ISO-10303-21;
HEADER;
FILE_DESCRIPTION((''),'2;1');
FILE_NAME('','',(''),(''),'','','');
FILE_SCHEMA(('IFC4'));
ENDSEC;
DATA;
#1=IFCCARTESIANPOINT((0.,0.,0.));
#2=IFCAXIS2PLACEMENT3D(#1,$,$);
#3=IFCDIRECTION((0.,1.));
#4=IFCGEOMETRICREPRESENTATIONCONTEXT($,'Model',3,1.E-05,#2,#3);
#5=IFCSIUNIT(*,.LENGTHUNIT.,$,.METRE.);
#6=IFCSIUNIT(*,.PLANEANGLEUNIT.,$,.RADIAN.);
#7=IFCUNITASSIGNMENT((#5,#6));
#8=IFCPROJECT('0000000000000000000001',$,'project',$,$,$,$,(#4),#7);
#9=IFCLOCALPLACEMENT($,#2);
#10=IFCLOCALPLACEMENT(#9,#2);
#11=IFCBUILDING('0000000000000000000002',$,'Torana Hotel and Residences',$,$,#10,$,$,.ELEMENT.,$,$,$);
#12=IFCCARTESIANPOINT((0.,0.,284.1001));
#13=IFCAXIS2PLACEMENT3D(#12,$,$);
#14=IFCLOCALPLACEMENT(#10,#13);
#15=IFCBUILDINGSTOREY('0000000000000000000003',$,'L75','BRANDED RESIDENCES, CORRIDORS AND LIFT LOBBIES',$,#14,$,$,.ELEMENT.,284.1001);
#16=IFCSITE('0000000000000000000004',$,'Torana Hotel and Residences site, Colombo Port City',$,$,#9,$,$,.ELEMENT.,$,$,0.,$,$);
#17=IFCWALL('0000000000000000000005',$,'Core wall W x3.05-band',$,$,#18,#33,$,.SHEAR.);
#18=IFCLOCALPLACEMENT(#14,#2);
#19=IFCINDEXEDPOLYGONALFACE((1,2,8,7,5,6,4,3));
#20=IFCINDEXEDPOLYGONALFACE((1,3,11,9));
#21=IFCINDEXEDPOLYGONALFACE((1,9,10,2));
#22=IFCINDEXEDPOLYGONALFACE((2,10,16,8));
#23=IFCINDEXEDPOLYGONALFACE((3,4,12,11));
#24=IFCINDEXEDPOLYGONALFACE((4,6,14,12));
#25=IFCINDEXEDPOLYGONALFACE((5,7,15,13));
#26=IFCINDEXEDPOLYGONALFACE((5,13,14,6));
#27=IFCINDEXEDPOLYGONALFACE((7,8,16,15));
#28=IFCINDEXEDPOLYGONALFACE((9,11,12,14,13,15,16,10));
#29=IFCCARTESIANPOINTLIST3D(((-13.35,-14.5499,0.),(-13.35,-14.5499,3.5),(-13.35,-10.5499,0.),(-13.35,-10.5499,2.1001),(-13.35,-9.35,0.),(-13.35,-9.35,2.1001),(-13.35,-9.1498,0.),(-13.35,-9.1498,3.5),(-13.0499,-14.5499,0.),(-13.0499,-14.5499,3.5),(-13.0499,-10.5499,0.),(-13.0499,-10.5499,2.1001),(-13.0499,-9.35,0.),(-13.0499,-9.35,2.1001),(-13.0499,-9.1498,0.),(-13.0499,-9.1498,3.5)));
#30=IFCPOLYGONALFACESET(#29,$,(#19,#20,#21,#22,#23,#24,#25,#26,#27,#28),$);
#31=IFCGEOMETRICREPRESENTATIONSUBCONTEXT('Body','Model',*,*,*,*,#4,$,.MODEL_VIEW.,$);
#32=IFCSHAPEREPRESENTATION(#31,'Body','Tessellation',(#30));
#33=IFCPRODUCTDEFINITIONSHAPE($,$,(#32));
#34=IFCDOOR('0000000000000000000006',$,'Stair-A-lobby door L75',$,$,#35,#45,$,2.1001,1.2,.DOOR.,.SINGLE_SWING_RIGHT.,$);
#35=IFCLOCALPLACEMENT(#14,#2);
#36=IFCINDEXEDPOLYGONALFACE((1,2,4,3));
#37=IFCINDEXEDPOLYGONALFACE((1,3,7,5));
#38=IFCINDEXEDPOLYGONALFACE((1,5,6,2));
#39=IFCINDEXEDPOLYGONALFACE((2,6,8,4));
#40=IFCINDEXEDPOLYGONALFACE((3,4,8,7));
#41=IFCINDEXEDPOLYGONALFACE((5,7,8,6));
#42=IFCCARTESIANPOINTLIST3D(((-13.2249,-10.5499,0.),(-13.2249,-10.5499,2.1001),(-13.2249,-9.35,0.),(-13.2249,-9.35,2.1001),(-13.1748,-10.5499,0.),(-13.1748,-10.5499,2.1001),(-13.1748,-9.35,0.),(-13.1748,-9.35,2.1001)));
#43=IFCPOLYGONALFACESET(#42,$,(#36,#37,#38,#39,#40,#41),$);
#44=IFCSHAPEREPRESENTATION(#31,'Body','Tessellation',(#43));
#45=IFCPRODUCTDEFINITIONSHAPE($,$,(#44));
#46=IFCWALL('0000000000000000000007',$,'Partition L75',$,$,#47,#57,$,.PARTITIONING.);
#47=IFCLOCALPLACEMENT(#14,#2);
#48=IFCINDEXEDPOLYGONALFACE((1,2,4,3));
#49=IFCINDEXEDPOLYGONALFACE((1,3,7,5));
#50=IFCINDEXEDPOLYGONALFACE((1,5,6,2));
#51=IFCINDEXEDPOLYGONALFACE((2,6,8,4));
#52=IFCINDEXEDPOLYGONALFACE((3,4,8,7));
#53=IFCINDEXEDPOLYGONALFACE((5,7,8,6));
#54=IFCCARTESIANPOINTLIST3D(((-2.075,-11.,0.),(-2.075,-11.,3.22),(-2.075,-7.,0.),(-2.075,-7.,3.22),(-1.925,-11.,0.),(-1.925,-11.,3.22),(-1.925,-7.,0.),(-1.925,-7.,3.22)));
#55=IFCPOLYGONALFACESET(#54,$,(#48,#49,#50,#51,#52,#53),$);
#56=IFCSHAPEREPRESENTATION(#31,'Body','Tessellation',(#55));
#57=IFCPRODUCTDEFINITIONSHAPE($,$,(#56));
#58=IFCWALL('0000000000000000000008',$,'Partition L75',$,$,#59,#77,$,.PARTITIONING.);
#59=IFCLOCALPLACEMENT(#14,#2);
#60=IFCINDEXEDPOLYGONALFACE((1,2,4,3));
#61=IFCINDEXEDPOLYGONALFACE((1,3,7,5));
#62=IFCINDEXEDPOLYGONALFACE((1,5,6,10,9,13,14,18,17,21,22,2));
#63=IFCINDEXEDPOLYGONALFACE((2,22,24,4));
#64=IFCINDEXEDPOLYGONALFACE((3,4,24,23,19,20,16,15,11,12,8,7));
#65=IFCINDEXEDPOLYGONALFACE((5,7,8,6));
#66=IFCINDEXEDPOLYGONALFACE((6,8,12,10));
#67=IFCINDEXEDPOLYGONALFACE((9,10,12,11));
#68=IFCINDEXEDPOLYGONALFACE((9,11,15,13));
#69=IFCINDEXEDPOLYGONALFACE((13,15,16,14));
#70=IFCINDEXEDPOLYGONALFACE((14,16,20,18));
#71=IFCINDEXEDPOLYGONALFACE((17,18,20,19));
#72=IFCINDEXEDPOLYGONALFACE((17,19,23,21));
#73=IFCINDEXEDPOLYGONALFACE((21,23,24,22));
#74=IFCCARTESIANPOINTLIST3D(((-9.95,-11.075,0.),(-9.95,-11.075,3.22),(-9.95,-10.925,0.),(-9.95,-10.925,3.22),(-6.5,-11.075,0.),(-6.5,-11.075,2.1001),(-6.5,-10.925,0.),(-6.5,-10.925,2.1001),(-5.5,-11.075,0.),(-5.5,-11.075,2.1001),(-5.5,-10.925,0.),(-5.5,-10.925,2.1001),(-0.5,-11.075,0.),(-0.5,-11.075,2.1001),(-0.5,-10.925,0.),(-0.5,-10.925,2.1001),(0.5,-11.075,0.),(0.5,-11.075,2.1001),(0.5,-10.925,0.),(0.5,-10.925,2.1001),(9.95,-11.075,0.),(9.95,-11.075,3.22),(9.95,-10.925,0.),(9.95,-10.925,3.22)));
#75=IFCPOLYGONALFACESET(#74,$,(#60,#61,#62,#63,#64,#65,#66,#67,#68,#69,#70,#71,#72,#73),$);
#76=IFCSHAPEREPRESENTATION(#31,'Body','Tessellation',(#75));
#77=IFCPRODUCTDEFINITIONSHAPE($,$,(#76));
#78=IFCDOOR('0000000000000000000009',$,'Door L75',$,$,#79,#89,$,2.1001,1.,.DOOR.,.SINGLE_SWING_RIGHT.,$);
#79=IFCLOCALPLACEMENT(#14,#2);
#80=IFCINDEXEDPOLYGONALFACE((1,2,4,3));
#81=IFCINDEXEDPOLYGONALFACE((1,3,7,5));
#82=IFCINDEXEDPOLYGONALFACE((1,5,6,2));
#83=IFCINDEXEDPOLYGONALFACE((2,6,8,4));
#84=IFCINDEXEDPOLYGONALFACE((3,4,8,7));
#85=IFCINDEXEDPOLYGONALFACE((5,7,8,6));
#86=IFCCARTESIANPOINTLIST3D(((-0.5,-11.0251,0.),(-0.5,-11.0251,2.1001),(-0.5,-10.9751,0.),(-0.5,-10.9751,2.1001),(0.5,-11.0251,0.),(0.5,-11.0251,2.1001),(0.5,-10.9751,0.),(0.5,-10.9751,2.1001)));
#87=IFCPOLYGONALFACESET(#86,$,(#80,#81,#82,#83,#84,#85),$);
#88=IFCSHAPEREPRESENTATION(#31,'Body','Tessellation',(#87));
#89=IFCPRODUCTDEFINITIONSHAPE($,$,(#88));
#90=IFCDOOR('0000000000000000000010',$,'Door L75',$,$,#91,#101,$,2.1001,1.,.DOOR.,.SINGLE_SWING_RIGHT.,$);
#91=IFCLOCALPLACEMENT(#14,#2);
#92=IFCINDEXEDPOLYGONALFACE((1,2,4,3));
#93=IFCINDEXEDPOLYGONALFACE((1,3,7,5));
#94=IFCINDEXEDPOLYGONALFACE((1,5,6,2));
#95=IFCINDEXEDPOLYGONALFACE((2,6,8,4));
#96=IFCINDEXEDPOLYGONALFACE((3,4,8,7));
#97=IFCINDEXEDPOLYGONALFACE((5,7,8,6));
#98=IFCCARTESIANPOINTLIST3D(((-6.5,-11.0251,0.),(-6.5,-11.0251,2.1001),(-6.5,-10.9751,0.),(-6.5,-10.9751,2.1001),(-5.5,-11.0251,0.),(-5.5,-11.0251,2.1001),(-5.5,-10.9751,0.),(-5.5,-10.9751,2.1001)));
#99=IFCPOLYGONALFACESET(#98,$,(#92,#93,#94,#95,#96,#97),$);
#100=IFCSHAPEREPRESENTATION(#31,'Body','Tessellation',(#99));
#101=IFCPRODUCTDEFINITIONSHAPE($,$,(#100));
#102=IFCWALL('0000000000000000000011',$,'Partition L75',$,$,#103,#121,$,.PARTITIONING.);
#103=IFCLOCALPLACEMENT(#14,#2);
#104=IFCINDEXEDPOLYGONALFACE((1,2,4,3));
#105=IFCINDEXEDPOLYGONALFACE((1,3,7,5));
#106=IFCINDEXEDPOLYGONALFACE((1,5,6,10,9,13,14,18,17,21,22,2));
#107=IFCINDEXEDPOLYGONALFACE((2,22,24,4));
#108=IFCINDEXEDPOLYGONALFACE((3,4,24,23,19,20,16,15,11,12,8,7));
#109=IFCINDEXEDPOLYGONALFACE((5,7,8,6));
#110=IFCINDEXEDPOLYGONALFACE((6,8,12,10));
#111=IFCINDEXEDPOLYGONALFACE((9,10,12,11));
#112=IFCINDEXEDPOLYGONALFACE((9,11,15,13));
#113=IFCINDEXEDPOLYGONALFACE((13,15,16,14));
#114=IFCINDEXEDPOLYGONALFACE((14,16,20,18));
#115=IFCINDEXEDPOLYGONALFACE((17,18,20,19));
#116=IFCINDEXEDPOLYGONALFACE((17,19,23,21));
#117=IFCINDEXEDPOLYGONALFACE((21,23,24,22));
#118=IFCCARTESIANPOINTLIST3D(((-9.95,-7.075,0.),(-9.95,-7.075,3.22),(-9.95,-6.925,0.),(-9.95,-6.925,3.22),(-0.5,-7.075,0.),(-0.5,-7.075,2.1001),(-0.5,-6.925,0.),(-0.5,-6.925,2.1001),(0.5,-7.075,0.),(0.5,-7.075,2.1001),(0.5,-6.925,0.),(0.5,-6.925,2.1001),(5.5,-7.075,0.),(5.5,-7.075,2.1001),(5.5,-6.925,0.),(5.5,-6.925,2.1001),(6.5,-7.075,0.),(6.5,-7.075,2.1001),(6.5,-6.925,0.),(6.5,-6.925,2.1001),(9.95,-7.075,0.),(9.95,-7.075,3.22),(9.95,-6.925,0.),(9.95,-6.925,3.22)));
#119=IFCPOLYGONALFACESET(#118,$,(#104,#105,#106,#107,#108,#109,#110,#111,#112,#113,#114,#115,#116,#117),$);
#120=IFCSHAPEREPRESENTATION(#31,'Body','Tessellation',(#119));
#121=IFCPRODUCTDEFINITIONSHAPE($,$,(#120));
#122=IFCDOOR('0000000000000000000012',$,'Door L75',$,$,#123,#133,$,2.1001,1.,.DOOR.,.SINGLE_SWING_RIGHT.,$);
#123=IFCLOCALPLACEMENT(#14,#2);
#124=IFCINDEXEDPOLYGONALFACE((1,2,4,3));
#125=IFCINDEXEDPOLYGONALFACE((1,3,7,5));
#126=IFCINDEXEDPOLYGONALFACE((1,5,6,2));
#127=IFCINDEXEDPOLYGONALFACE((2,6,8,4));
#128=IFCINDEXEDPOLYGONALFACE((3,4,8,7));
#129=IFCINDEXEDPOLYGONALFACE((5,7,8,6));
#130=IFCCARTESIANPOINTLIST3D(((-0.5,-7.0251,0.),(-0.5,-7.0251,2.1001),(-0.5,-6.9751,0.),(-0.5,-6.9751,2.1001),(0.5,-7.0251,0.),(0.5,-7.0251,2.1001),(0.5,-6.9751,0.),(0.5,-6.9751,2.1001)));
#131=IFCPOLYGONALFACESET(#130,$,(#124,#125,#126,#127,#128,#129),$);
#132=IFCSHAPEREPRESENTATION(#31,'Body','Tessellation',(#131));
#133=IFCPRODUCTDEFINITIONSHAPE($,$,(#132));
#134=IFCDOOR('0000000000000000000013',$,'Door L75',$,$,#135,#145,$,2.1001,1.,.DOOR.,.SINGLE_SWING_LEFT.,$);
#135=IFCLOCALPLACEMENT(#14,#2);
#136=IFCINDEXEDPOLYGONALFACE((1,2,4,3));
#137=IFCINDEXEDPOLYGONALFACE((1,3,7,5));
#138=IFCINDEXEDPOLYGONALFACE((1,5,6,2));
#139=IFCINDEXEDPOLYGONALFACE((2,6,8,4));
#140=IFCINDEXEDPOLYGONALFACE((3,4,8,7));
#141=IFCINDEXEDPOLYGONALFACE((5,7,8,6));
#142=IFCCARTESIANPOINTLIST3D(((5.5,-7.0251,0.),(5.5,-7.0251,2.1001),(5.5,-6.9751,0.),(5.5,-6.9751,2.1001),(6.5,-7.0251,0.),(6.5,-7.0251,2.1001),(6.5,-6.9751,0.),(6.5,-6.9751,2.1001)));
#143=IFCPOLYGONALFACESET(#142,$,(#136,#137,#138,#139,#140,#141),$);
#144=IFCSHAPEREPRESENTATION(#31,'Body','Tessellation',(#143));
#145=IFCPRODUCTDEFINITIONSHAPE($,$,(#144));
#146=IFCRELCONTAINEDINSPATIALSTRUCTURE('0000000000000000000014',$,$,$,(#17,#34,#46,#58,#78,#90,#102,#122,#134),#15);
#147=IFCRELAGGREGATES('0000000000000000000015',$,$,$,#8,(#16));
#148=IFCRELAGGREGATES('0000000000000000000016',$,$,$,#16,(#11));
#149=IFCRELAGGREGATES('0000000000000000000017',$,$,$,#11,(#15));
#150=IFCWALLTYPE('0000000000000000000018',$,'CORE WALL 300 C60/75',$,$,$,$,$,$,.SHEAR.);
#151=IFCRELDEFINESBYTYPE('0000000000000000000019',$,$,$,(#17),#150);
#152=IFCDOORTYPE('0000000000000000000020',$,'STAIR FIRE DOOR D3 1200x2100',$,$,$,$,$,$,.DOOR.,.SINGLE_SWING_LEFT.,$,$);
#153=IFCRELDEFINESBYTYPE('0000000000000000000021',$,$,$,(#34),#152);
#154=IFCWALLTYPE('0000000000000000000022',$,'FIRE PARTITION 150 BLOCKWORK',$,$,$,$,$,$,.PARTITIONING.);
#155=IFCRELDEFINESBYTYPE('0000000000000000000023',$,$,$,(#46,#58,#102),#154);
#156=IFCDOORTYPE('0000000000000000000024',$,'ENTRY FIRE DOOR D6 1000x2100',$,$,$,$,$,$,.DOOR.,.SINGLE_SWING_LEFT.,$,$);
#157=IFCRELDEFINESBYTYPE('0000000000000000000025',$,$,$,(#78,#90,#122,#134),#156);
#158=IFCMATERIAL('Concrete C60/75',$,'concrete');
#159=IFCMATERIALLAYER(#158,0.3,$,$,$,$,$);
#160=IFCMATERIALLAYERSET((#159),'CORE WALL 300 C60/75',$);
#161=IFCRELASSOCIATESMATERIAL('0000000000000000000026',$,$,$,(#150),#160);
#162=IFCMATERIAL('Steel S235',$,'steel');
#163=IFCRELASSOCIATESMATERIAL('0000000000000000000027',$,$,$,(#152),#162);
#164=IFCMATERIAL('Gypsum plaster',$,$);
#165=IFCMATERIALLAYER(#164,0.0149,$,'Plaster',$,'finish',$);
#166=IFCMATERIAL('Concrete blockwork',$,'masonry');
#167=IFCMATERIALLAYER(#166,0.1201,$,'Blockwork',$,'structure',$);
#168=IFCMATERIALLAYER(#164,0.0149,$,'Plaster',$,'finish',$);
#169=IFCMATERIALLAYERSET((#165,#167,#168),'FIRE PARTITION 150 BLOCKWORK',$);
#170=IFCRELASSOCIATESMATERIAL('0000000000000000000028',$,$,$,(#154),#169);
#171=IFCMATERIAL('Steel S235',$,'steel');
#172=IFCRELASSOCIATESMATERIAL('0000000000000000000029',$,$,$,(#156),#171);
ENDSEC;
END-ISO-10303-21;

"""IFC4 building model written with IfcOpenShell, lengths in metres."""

from ifc_helpers import new_model, si_unit, direction, frame, frame_2d, origin, place, context, subcontext, project, spatial, rectangle, extrude, material, layer, layer_set, type_object, element, fill, save


model = new_model("IFC4")

# Units and contexts
model_context = context("Model", 3, precision=1e-05, world=origin(), true_north=direction((0.0, 1.0)))
body_context = subcontext(model_context, "Body", "Model", "MODEL_VIEW")
ifc_project = project(units=[si_unit("LENGTHUNIT", "METRE"), si_unit("PLANEANGLEUNIT", "RADIAN")], contexts=[model_context])

# Site, building, storey
site_placement = place(None, origin())
site = spatial("IfcSite", under=ifc_project, at=site_placement, Name="Torana Hotel and Residences site, Colombo Port City", CompositionType="ELEMENT", RefElevation=0.0)
building_placement = place(site_placement, origin())
building = spatial("IfcBuilding", under=site, at=building_placement, Name="Torana Hotel and Residences", CompositionType="ELEMENT")
storey_placement = place(building_placement, frame((0.0, 0.0, 284.1001)))
storey = spatial("IfcBuildingStorey", under=building, at=storey_placement, Name="L75", Description="BRANDED RESIDENCES, CORRIDORS AND LIFT LOBBIES", CompositionType="ELEMENT", Elevation=284.1001)

# Shared definitions
ifc_material_1 = material(Name="Concrete C60/75", Category="concrete")
ifc_layer_1 = layer(ifc_material_1, 0.3)
ifc_layer_set_1 = layer_set([ifc_layer_1], Name="CORE WALL 300 C60/75")
wall_type_1 = type_object("IfcWallType", Name="CORE WALL 300 C60/75", PredefinedType="SHEAR", material=ifc_layer_set_1)

# Wall, opening, door
wall_1_placement = place(storey_placement, frame((-13.2, -14.55, 0.0), z_axis=(0.0, 0.0, 1.0), x_axis=(0.0, 1.0, 0.0)))
wall_1 = element("IfcWall", 1, at=wall_1_placement, inside=storey, type_object=wall_type_1, Name="Core wall W x3.05-band", PredefinedType="SHEAR", context=body_context, shape_type="SweptSolid", body=[
    extrude(rectangle(XDim=5.4001, YDim=0.3, at=frame_2d((2.7002, 0.0))), origin(), (0.0, 0.0, 1.0), 3.5),
])
opening_1_placement = place(wall_1_placement, frame((4.0, 0.0, 0.0)))
opening_1 = element("IfcOpeningElement", 2, at=opening_1_placement, cuts=wall_1, PredefinedType="OPENING", context=body_context, shape_type="SweptSolid", body=[
    extrude(rectangle(XDim=1.2, YDim=2.1001, at=frame_2d((0.6001, 1.05))), frame((0.0, 0.1599, 0.0), z_axis=(0.0, -1.0, 0.0), x_axis=(1.0, 0.0, 0.0)), (0.0, 0.0, 1.0), 0.3201),
])
ifc_material_2 = material(Name="Steel S235", Category="steel")
door_type_1 = type_object("IfcDoorType", Name="STAIR FIRE DOOR D3 1200x2100", OperationType="SINGLE_SWING_LEFT", PredefinedType="DOOR", material=ifc_material_2)
door_1_placement = place(opening_1_placement, frame((0.6001, 0.0, 0.0), z_axis=(0.0, 0.0, 1.0), x_axis=(-1.0, 0.0, 0.0)))
door_1 = element("IfcDoor", 3, at=door_1_placement, inside=storey, type_object=door_type_1, Name="Stair-A-lobby door L75", OperationType="SINGLE_SWING_RIGHT", OverallHeight=2.1001, OverallWidth=1.2, PredefinedType="DOOR", context=body_context, shape_type="SweptSolid", body=[
    extrude(rectangle(XDim=1.2, YDim=2.1001, at=frame_2d((0.0, 1.05))), frame((0.0, -0.0249, 0.0), z_axis=(0.0, 1.0, 0.0), x_axis=(-1.0, 0.0, 0.0)), (0.0, 0.0, 1.0), 0.05),
])
fill(opening_1, door_1)

# Wall
ifc_material_3 = material(Name="Gypsum plaster")
ifc_layer_2 = layer(ifc_material_3, 0.0149, Name="Plaster", Category="finish")
ifc_material_4 = material(Name="Concrete blockwork", Category="masonry")
ifc_layer_3 = layer(ifc_material_4, 0.1201, Name="Blockwork", Category="structure")
ifc_layer_4 = layer(ifc_material_3, 0.0149, Name="Plaster", Category="finish")
ifc_layer_set_2 = layer_set([ifc_layer_2, ifc_layer_3, ifc_layer_4], Name="FIRE PARTITION 150 BLOCKWORK")
wall_type_2 = type_object("IfcWallType", Name="FIRE PARTITION 150 BLOCKWORK", PredefinedType="PARTITIONING", material=ifc_layer_set_2)
wall_2_placement = place(storey_placement, frame((-2.0, -11.0, 0.0), z_axis=(0.0, 0.0, 1.0), x_axis=(0.0, 1.0, 0.0)))
element("IfcWall", 4, at=wall_2_placement, inside=storey, type_object=wall_type_2, Name="Partition L75", PredefinedType="PARTITIONING", context=body_context, shape_type="SweptSolid", body=[
    extrude(rectangle(XDim=4.0, YDim=0.1499, at=frame_2d((2.0, 0.0))), origin(), (0.0, 0.0, 1.0), 3.22),
])

# Walls, openings, doors
wall_3_placement = place(storey_placement, frame((-9.95, -11.0, 0.0), z_axis=(0.0, 0.0, 1.0), x_axis=(1.0, 0.0, 0.0)))
wall_3 = element("IfcWall", 5, at=wall_3_placement, inside=storey, type_object=wall_type_2, Name="Partition L75", PredefinedType="PARTITIONING", context=body_context, shape_type="SweptSolid", body=[
    extrude(rectangle(XDim=19.8999, YDim=0.1499, at=frame_2d((9.95, 0.0))), origin(), (0.0, 0.0, 1.0), 3.22),
])
opening_2_placement = place(wall_3_placement, frame((9.45, 0.0, 0.0)))
opening_2 = element("IfcOpeningElement", 6, at=opening_2_placement, cuts=wall_3, PredefinedType="OPENING", context=body_context, shape_type="SweptSolid", body=[
    extrude(rectangle(XDim=1.0, YDim=2.1001, at=frame_2d((0.5, 1.05))), frame((0.0, 0.085, 0.0), z_axis=(0.0, -1.0, 0.0), x_axis=(1.0, 0.0, 0.0)), (0.0, 0.0, 1.0), 0.1699),
])
opening_3_placement = place(wall_3_placement, frame((3.45, 0.0, 0.0)))
opening_3 = element("IfcOpeningElement", 7, at=opening_3_placement, cuts=wall_3, PredefinedType="OPENING", context=body_context, shape_type="SweptSolid", body=[
    extrude(rectangle(XDim=1.0, YDim=2.1001, at=frame_2d((0.5, 1.05))), frame((0.0, 0.085, 0.0), z_axis=(0.0, -1.0, 0.0), x_axis=(1.0, 0.0, 0.0)), (0.0, 0.0, 1.0), 0.1699),
])
ifc_material_5 = material(Name="Steel S235", Category="steel")
door_type_2 = type_object("IfcDoorType", Name="ENTRY FIRE DOOR D6 1000x2100", OperationType="SINGLE_SWING_LEFT", PredefinedType="DOOR", material=ifc_material_5)
door_2_placement = place(opening_2_placement, origin())
door_2 = element("IfcDoor", 8, at=door_2_placement, inside=storey, type_object=door_type_2, Name="Door L75", OperationType="SINGLE_SWING_RIGHT", OverallHeight=2.1001, OverallWidth=1.0, PredefinedType="DOOR", context=body_context, shape_type="SweptSolid", body=[
    extrude(rectangle(XDim=1.0, YDim=2.1001, at=frame_2d((0.5, 1.05))), frame((0.0, 0.0249, 0.0), z_axis=(0.0, -1.0, 0.0), x_axis=(1.0, 0.0, 0.0)), (0.0, 0.0, 1.0), 0.05),
])
fill(opening_2, door_2)
door_3_placement = place(opening_3_placement, origin())
door_3 = element("IfcDoor", 9, at=door_3_placement, inside=storey, type_object=door_type_2, Name="Door L75", OperationType="SINGLE_SWING_RIGHT", OverallHeight=2.1001, OverallWidth=1.0, PredefinedType="DOOR", context=body_context, shape_type="SweptSolid", body=[
    extrude(rectangle(XDim=1.0, YDim=2.1001, at=frame_2d((0.5, 1.05))), frame((0.0, 0.0249, 0.0), z_axis=(0.0, -1.0, 0.0), x_axis=(1.0, 0.0, 0.0)), (0.0, 0.0, 1.0), 0.05),
])
fill(opening_3, door_3)
wall_4_placement = place(storey_placement, frame((-9.95, -7.0, 0.0), z_axis=(0.0, 0.0, 1.0), x_axis=(1.0, 0.0, 0.0)))
wall_4 = element("IfcWall", 10, at=wall_4_placement, inside=storey, type_object=wall_type_2, Name="Partition L75", PredefinedType="PARTITIONING", context=body_context, shape_type="SweptSolid", body=[
    extrude(rectangle(XDim=19.8999, YDim=0.1499, at=frame_2d((9.95, 0.0))), origin(), (0.0, 0.0, 1.0), 3.22),
])
opening_4_placement = place(wall_4_placement, frame((9.45, 0.0, 0.0)))
opening_4 = element("IfcOpeningElement", 11, at=opening_4_placement, cuts=wall_4, PredefinedType="OPENING", context=body_context, shape_type="SweptSolid", body=[
    extrude(rectangle(XDim=1.0, YDim=2.1001, at=frame_2d((0.5, 1.05))), frame((0.0, 0.085, 0.0), z_axis=(0.0, -1.0, 0.0), x_axis=(1.0, 0.0, 0.0)), (0.0, 0.0, 1.0), 0.1699),
])
opening_5_placement = place(wall_4_placement, frame((15.45, 0.0, 0.0)))
opening_5 = element("IfcOpeningElement", 12, at=opening_5_placement, cuts=wall_4, PredefinedType="OPENING", context=body_context, shape_type="SweptSolid", body=[
    extrude(rectangle(XDim=1.0, YDim=2.1001, at=frame_2d((0.5, 1.05))), frame((0.0, 0.085, 0.0), z_axis=(0.0, -1.0, 0.0), x_axis=(1.0, 0.0, 0.0)), (0.0, 0.0, 1.0), 0.1699),
])
door_4_placement = place(opening_4_placement, origin())
door_4 = element("IfcDoor", 13, at=door_4_placement, inside=storey, type_object=door_type_2, Name="Door L75", OperationType="SINGLE_SWING_RIGHT", OverallHeight=2.1001, OverallWidth=1.0, PredefinedType="DOOR", context=body_context, shape_type="SweptSolid", body=[
    extrude(rectangle(XDim=1.0, YDim=2.1001, at=frame_2d((0.5, 1.05))), frame((0.0, 0.0249, 0.0), z_axis=(0.0, -1.0, 0.0), x_axis=(1.0, 0.0, 0.0)), (0.0, 0.0, 1.0), 0.05),
])
fill(opening_4, door_4)
door_5_placement = place(opening_5_placement, frame((0.5, 0.0, 0.0), z_axis=(0.0, 0.0, 1.0), x_axis=(-1.0, 0.0, 0.0)))
door_5 = element("IfcDoor", 14, at=door_5_placement, inside=storey, type_object=door_type_2, Name="Door L75", OperationType="SINGLE_SWING_LEFT", OverallHeight=2.1001, OverallWidth=1.0, PredefinedType="DOOR", context=body_context, shape_type="SweptSolid", body=[
    extrude(rectangle(XDim=1.0, YDim=2.1001, at=frame_2d((0.0, 1.05))), frame((0.0, -0.0249, 0.0), z_axis=(0.0, 1.0, 0.0), x_axis=(-1.0, 0.0, 0.0)), (0.0, 0.0, 1.0), 0.05),
])
fill(opening_5, door_5)

save(model, "model.ifc")
